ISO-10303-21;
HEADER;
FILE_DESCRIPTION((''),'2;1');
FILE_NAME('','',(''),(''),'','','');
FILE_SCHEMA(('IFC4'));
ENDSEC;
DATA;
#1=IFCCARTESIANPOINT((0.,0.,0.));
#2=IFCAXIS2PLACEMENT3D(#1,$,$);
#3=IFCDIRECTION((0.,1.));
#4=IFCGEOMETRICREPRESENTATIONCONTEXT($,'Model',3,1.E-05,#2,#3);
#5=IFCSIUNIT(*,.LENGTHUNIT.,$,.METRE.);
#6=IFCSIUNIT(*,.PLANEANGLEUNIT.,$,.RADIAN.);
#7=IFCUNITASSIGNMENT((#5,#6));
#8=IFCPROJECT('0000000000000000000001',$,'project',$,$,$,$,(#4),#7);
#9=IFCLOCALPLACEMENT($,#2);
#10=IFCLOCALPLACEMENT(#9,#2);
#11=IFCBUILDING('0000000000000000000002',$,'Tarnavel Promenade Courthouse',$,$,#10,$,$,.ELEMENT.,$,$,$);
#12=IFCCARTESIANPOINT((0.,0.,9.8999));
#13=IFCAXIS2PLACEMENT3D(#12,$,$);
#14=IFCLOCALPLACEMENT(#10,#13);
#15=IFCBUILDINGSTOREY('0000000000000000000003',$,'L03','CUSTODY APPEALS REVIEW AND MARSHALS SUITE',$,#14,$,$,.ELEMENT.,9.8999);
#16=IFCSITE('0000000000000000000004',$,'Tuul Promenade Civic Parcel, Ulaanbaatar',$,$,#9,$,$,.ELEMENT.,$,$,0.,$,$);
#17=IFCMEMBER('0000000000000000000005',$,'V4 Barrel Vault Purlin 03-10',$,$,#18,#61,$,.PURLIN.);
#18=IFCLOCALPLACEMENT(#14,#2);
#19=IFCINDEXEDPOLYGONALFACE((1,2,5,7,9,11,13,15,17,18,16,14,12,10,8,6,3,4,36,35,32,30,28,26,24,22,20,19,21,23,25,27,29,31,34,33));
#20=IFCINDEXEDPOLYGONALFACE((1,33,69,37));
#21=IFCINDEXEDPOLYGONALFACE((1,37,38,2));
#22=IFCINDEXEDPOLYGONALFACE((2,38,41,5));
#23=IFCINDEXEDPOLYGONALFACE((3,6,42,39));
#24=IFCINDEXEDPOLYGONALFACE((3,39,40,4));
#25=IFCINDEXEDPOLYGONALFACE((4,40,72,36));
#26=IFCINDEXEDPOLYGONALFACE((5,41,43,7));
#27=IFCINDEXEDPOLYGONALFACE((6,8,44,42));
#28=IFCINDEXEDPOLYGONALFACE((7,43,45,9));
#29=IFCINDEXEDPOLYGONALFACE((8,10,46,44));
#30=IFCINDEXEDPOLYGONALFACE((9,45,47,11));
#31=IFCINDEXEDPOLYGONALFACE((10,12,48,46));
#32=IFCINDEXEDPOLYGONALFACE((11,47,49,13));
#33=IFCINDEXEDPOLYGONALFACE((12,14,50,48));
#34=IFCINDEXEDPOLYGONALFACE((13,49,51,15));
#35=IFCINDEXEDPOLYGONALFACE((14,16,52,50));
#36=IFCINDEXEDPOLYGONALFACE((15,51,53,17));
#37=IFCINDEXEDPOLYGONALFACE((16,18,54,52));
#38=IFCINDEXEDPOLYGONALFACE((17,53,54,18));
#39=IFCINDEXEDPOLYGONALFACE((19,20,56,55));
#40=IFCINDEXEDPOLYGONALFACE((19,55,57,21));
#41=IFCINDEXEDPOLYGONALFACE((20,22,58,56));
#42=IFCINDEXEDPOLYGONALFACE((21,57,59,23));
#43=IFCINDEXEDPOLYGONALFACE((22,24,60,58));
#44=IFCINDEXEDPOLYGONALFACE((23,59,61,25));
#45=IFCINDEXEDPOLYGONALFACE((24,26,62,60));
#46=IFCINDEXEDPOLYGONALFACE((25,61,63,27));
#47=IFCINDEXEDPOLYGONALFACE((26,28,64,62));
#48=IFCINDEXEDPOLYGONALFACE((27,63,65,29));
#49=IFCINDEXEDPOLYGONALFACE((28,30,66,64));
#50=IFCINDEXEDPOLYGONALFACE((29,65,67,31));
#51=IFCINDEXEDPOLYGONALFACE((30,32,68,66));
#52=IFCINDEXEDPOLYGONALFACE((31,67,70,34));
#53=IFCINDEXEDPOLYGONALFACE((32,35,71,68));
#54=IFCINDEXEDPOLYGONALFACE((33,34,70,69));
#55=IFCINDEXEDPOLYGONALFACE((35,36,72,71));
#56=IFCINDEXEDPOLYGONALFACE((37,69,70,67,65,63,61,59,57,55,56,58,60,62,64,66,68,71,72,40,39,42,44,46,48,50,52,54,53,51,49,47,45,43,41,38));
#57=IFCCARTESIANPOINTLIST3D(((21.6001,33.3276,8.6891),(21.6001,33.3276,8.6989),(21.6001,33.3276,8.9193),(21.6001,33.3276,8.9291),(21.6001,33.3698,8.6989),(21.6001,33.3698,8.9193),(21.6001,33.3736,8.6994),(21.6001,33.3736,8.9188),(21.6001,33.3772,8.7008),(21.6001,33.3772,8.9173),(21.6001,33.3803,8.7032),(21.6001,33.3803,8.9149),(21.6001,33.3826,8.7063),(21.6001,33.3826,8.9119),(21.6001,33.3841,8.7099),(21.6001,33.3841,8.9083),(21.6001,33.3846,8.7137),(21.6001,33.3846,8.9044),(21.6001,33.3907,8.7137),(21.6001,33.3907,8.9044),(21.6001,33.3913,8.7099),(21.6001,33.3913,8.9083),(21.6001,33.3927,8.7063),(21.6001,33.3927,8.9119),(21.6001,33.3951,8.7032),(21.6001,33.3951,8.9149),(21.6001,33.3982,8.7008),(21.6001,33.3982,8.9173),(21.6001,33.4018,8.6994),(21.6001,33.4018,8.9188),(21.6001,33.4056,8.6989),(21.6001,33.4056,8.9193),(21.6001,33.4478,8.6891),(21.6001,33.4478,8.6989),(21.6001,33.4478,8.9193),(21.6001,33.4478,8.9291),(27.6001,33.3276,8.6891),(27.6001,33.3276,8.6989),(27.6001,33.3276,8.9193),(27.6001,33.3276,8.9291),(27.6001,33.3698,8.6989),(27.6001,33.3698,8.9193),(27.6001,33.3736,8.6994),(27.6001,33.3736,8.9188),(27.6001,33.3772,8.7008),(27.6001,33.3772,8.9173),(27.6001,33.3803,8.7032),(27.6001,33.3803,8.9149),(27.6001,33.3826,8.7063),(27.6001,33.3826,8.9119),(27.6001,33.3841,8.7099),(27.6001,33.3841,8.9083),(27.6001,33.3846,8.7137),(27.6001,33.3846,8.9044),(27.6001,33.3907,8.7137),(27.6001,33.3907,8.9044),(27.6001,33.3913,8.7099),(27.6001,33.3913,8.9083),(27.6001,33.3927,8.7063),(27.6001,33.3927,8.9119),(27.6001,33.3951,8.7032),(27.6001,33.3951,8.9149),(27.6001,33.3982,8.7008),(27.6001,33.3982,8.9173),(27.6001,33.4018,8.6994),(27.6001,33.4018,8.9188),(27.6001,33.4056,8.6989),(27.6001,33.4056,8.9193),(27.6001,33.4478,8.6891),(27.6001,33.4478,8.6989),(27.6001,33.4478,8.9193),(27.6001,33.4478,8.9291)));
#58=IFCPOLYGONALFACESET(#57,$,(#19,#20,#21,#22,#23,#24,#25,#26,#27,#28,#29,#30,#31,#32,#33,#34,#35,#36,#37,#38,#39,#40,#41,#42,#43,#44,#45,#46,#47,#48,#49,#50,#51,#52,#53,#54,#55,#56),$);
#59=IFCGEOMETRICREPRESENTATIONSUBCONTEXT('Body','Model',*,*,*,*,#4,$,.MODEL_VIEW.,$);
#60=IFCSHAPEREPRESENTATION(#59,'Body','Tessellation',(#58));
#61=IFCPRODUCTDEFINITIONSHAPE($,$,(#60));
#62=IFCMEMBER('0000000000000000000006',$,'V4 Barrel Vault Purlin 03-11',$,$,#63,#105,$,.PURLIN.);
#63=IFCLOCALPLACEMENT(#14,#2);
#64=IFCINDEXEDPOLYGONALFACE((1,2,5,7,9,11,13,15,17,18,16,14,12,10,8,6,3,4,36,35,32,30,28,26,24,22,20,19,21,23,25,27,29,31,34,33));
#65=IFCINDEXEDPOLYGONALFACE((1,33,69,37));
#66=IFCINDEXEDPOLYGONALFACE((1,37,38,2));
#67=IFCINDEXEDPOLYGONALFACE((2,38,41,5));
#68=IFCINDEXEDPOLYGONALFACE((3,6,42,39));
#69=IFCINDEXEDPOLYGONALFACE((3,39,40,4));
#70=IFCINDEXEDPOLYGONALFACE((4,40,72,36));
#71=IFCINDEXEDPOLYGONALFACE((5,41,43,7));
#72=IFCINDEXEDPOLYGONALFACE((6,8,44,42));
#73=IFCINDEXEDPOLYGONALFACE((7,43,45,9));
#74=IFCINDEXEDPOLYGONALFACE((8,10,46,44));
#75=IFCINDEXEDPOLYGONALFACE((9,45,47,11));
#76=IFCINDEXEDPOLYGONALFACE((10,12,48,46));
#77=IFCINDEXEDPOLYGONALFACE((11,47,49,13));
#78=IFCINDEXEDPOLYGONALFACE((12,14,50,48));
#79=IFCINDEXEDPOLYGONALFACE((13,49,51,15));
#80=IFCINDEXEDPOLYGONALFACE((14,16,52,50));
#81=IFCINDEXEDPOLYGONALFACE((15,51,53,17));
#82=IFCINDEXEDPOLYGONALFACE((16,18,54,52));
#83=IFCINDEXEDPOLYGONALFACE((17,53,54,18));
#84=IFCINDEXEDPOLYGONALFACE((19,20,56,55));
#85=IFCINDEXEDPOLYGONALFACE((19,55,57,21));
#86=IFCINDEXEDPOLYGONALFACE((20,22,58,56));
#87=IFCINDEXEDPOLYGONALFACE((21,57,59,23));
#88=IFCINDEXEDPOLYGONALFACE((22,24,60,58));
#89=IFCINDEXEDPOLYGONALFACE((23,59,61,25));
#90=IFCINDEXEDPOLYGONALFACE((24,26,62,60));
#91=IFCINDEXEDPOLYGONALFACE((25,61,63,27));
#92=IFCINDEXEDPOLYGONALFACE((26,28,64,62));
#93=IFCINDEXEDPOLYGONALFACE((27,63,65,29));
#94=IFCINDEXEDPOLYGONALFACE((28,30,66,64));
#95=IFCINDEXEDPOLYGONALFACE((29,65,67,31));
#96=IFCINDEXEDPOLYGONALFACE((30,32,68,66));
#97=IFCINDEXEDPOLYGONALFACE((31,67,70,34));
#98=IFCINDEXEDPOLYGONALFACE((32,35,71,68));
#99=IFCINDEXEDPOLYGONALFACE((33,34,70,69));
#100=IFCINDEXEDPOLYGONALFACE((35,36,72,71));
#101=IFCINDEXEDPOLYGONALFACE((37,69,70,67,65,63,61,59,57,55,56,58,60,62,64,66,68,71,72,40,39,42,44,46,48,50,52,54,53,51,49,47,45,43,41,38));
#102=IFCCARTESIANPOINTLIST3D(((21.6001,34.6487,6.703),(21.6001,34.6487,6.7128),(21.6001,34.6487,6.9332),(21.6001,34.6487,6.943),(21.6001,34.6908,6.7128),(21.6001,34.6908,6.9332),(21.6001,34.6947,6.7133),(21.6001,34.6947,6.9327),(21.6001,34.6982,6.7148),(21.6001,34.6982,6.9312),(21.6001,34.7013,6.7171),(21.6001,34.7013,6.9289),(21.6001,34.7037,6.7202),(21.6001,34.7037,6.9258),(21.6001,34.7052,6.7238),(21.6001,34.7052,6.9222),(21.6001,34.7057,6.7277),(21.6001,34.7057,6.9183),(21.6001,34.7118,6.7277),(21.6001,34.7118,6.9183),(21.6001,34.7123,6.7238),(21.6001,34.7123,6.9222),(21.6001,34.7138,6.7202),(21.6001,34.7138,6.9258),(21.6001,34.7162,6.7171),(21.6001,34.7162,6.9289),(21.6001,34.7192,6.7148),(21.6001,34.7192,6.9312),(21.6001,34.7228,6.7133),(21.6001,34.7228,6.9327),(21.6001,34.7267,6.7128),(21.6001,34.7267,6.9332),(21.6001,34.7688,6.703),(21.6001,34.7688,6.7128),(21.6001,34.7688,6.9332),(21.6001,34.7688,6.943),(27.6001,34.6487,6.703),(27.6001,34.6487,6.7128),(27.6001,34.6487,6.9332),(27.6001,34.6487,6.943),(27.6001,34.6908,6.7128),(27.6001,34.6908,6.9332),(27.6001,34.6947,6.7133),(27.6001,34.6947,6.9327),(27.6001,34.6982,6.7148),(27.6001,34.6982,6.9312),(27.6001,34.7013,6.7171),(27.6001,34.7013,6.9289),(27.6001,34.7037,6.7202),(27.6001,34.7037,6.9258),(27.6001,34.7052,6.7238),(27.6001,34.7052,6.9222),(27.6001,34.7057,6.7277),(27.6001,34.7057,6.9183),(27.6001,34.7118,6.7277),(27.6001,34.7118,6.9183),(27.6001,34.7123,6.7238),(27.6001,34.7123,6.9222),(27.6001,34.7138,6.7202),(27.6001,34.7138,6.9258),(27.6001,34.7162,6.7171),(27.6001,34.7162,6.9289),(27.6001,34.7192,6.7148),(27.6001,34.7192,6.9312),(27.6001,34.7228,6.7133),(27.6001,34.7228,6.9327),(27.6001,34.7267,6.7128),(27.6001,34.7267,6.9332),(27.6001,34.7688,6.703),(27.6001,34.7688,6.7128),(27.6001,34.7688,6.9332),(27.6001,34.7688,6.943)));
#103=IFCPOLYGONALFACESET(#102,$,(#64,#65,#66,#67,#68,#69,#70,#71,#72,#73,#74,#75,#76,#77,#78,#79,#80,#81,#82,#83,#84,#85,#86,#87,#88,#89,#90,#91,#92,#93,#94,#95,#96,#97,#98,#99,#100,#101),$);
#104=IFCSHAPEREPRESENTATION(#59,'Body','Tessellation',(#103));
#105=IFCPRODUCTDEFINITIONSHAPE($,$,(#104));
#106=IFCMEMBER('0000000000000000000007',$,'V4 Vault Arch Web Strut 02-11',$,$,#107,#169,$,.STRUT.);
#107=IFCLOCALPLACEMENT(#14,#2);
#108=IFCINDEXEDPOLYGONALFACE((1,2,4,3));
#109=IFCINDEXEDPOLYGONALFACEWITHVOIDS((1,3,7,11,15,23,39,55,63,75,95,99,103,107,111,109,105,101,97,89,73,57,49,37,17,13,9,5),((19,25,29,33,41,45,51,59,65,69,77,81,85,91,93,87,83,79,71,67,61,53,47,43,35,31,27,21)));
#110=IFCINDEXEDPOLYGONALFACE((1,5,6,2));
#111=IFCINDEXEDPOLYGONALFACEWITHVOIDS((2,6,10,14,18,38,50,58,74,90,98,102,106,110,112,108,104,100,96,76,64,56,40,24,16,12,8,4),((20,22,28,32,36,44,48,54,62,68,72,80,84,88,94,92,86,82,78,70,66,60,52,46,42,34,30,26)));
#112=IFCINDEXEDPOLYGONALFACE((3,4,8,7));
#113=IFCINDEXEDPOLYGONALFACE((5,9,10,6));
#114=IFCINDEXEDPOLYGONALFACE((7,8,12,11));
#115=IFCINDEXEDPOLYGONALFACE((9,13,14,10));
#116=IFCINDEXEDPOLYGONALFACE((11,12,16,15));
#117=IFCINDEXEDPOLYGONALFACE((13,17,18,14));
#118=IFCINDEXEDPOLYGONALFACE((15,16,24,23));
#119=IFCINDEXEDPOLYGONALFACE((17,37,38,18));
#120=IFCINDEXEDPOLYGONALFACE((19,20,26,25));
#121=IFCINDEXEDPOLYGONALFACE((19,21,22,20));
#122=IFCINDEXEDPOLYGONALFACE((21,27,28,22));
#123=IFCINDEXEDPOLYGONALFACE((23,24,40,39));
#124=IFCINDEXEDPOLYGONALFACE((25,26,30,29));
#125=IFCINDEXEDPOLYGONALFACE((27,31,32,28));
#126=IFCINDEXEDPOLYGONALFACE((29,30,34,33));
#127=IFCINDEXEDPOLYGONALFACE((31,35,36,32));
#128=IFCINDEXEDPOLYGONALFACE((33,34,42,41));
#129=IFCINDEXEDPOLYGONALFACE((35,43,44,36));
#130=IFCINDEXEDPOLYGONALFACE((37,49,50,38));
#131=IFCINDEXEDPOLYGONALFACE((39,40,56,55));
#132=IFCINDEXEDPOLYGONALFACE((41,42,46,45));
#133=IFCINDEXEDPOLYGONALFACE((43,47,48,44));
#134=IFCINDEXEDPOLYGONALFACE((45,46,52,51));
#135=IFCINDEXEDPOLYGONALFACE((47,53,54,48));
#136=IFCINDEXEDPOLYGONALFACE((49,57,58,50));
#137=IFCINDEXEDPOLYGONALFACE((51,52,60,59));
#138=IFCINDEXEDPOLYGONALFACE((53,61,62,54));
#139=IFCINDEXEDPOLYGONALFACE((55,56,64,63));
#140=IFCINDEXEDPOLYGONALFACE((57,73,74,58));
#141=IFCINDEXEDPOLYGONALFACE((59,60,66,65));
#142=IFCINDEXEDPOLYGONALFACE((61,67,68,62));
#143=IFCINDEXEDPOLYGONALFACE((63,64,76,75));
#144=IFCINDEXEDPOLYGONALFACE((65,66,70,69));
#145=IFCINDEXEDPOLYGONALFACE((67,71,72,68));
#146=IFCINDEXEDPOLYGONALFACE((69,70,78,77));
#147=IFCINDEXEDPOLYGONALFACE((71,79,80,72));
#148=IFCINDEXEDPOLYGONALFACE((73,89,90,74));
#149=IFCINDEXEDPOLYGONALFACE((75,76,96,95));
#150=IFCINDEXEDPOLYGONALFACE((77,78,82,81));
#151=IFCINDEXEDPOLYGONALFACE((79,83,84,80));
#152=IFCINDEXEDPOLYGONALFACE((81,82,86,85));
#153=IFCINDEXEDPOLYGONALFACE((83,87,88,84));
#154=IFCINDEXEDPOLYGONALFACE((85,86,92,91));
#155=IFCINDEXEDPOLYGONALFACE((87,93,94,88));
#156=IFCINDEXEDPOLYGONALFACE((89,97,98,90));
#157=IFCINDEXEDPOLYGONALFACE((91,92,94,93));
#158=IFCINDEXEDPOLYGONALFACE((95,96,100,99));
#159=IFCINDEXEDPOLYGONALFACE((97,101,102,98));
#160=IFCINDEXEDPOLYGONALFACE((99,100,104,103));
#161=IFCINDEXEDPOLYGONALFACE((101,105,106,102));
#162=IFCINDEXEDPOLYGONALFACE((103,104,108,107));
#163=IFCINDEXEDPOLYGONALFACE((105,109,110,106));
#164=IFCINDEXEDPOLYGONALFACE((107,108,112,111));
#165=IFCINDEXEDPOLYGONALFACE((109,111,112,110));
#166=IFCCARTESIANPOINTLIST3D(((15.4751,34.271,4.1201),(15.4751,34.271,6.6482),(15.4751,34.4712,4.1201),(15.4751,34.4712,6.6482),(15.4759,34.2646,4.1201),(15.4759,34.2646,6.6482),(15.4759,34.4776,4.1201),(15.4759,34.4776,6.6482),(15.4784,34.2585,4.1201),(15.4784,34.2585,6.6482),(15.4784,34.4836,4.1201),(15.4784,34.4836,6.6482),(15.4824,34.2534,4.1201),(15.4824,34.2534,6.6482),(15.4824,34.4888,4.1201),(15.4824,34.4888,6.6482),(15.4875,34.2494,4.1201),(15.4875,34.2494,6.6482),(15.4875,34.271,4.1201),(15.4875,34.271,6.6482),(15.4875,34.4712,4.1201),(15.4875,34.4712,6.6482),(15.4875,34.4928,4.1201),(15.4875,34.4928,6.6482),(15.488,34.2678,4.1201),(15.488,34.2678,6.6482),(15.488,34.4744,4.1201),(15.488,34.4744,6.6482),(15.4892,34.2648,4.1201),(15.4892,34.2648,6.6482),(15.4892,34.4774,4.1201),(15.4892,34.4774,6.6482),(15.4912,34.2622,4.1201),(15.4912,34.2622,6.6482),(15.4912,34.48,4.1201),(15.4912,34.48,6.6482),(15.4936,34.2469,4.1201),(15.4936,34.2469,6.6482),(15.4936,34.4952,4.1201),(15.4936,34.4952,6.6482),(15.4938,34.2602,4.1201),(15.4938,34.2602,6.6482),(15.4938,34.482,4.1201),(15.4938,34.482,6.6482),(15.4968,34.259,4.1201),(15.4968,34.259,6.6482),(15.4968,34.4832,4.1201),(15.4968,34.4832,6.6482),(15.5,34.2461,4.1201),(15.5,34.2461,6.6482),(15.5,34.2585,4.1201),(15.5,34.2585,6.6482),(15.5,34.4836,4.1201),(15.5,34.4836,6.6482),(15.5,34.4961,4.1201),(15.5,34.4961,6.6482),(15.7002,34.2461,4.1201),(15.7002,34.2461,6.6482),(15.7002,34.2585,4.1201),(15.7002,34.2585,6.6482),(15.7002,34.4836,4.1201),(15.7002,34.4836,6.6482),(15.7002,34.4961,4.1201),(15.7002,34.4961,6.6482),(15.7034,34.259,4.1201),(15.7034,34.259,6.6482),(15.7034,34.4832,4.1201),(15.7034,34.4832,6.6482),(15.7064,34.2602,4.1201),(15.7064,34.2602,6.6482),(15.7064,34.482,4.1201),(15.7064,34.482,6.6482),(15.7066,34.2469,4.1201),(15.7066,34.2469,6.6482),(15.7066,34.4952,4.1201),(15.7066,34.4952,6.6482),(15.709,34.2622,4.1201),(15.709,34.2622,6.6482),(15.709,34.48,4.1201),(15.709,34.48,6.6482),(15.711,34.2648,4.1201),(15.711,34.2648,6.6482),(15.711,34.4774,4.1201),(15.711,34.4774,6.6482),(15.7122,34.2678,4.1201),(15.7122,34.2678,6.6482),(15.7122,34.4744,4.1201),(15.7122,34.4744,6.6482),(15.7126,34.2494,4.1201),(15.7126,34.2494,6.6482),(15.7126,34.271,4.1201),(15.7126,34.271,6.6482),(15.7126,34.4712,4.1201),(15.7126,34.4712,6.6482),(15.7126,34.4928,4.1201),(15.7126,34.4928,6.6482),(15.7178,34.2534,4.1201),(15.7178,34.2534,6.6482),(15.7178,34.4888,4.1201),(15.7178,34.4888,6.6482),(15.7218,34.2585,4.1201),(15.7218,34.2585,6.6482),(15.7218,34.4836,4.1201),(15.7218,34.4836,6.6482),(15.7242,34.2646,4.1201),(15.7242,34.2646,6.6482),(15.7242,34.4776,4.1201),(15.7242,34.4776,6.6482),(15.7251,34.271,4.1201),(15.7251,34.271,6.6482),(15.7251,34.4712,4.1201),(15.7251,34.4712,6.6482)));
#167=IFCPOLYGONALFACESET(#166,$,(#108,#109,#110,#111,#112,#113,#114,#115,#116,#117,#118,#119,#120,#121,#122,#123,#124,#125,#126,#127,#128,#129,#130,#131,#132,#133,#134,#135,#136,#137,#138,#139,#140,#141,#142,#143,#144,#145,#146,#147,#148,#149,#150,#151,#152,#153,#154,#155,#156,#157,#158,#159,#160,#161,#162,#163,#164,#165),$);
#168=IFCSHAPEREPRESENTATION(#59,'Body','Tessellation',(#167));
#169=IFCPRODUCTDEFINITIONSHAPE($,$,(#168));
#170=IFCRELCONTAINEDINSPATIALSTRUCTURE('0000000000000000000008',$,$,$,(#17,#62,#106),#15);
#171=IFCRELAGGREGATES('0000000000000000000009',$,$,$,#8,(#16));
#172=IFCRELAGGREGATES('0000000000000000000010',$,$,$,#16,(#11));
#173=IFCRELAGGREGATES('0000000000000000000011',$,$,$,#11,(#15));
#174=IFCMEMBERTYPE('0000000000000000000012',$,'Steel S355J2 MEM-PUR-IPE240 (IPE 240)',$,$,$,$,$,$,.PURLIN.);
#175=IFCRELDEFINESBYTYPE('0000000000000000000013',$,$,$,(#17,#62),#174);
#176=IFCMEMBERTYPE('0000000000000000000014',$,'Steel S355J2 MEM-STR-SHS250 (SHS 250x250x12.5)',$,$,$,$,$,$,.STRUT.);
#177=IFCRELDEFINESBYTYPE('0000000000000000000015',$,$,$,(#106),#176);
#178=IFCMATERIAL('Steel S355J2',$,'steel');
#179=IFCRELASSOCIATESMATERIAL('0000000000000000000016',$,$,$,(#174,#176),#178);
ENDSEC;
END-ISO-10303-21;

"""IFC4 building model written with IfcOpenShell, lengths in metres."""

from ifc_helpers import new_model, si_unit, direction, frame, origin, origin_2d, place, context, subcontext, project, spatial, hollow_rectangle, i_section, extrude, material, material_profile, profile_set, type_object, element, save


model = new_model("IFC4")

# Units and contexts
model_context = context("Model", 3, precision=1e-05, world=origin(), true_north=direction((0.0, 1.0)))
body_context = subcontext(model_context, "Body", "Model", "MODEL_VIEW")
ifc_project = project(units=[si_unit("LENGTHUNIT", "METRE"), si_unit("PLANEANGLEUNIT", "RADIAN")], contexts=[model_context])

# Site, building, storey
site_placement = place(None, origin())
site = spatial("IfcSite", under=ifc_project, at=site_placement, Name="Tuul Promenade Civic Parcel, Ulaanbaatar", CompositionType="ELEMENT", RefElevation=0.0)
building_placement = place(site_placement, origin())
building = spatial("IfcBuilding", under=site, at=building_placement, Name="Tarnavel Promenade Courthouse", CompositionType="ELEMENT")
storey_placement = place(building_placement, frame((0.0, 0.0, 9.8999)))
storey = spatial("IfcBuildingStorey", under=building, at=storey_placement, Name="L03", Description="CUSTODY APPEALS REVIEW AND MARSHALS SUITE", CompositionType="ELEMENT", Elevation=9.8999)

# Shared definitions
ifc_material_1 = material(Name="Steel S355J2", Category="steel")

# Members
ifc_material_profile_1 = material_profile(ifc_material_1, i_section(OverallWidth=0.1201, OverallDepth=0.24, WebThickness=0.0061, FlangeThickness=0.0098, FilletRadius=0.0149, at=origin_2d()), Name="IPE 240")
ifc_profile_set_1 = profile_set([ifc_material_profile_1], Name="Steel S355J2")
member_type_1 = type_object("IfcMemberType", Name="Steel S355J2 MEM-PUR-IPE240 (IPE 240)", PredefinedType="PURLIN", material=ifc_profile_set_1)
for number, where, z_axis, x_axis, name in (
    (1, (21.6001, 33.3877, 8.8091), (1.0, 0.0, 0.0), (0.0, 1.0, 0.0), "V4 Barrel Vault Purlin 03-10"),
    (2, (21.6001, 34.7087, 6.823), (1.0, 0.0, 0.0), (0.0, 1.0, 0.0), "V4 Barrel Vault Purlin 03-11"),
):
    element("IfcMember", number, at=place(storey_placement, frame(where, z_axis=z_axis, x_axis=x_axis)), inside=storey, type_object=member_type_1, Name=name, PredefinedType="PURLIN", context=body_context, shape_type="SweptSolid", body=[
        extrude(i_section(OverallWidth=0.1201, OverallDepth=0.24, WebThickness=0.0061, FlangeThickness=0.0098, FilletRadius=0.0149, at=origin_2d()), origin(), (0.0, 0.0, 1.0), 6.0),
    ])
ifc_material_profile_2 = material_profile(ifc_material_1, hollow_rectangle(XDim=0.25, YDim=0.25, WallThickness=0.0125, InnerFilletRadius=0.0125, OuterFilletRadius=0.0249, at=origin_2d()), Name="SHS 250x250x12.5")
ifc_profile_set_2 = profile_set([ifc_material_profile_2], Name="Steel S355J2")
member_type_2 = type_object("IfcMemberType", Name="Steel S355J2 MEM-STR-SHS250 (SHS 250x250x12.5)", PredefinedType="STRUT", material=ifc_profile_set_2)
for number, where, z_axis, x_axis, name in (
    (3, (15.6001, 34.3711, 4.1201), (0.0, 0.0, 1.0), (1.0, 0.0, 0.0), "V4 Vault Arch Web Strut 02-11"),
):
    element("IfcMember", number, at=place(storey_placement, frame(where, z_axis=z_axis, x_axis=x_axis)), inside=storey, type_object=member_type_2, Name=name, PredefinedType="STRUT", context=body_context, shape_type="SweptSolid", body=[
        extrude(hollow_rectangle(XDim=0.25, YDim=0.25, WallThickness=0.0125, InnerFilletRadius=0.0125, OuterFilletRadius=0.0249, at=origin_2d()), origin(), (0.0, 0.0, 1.0), 2.5281),
    ])

save(model, "model.ifc")
